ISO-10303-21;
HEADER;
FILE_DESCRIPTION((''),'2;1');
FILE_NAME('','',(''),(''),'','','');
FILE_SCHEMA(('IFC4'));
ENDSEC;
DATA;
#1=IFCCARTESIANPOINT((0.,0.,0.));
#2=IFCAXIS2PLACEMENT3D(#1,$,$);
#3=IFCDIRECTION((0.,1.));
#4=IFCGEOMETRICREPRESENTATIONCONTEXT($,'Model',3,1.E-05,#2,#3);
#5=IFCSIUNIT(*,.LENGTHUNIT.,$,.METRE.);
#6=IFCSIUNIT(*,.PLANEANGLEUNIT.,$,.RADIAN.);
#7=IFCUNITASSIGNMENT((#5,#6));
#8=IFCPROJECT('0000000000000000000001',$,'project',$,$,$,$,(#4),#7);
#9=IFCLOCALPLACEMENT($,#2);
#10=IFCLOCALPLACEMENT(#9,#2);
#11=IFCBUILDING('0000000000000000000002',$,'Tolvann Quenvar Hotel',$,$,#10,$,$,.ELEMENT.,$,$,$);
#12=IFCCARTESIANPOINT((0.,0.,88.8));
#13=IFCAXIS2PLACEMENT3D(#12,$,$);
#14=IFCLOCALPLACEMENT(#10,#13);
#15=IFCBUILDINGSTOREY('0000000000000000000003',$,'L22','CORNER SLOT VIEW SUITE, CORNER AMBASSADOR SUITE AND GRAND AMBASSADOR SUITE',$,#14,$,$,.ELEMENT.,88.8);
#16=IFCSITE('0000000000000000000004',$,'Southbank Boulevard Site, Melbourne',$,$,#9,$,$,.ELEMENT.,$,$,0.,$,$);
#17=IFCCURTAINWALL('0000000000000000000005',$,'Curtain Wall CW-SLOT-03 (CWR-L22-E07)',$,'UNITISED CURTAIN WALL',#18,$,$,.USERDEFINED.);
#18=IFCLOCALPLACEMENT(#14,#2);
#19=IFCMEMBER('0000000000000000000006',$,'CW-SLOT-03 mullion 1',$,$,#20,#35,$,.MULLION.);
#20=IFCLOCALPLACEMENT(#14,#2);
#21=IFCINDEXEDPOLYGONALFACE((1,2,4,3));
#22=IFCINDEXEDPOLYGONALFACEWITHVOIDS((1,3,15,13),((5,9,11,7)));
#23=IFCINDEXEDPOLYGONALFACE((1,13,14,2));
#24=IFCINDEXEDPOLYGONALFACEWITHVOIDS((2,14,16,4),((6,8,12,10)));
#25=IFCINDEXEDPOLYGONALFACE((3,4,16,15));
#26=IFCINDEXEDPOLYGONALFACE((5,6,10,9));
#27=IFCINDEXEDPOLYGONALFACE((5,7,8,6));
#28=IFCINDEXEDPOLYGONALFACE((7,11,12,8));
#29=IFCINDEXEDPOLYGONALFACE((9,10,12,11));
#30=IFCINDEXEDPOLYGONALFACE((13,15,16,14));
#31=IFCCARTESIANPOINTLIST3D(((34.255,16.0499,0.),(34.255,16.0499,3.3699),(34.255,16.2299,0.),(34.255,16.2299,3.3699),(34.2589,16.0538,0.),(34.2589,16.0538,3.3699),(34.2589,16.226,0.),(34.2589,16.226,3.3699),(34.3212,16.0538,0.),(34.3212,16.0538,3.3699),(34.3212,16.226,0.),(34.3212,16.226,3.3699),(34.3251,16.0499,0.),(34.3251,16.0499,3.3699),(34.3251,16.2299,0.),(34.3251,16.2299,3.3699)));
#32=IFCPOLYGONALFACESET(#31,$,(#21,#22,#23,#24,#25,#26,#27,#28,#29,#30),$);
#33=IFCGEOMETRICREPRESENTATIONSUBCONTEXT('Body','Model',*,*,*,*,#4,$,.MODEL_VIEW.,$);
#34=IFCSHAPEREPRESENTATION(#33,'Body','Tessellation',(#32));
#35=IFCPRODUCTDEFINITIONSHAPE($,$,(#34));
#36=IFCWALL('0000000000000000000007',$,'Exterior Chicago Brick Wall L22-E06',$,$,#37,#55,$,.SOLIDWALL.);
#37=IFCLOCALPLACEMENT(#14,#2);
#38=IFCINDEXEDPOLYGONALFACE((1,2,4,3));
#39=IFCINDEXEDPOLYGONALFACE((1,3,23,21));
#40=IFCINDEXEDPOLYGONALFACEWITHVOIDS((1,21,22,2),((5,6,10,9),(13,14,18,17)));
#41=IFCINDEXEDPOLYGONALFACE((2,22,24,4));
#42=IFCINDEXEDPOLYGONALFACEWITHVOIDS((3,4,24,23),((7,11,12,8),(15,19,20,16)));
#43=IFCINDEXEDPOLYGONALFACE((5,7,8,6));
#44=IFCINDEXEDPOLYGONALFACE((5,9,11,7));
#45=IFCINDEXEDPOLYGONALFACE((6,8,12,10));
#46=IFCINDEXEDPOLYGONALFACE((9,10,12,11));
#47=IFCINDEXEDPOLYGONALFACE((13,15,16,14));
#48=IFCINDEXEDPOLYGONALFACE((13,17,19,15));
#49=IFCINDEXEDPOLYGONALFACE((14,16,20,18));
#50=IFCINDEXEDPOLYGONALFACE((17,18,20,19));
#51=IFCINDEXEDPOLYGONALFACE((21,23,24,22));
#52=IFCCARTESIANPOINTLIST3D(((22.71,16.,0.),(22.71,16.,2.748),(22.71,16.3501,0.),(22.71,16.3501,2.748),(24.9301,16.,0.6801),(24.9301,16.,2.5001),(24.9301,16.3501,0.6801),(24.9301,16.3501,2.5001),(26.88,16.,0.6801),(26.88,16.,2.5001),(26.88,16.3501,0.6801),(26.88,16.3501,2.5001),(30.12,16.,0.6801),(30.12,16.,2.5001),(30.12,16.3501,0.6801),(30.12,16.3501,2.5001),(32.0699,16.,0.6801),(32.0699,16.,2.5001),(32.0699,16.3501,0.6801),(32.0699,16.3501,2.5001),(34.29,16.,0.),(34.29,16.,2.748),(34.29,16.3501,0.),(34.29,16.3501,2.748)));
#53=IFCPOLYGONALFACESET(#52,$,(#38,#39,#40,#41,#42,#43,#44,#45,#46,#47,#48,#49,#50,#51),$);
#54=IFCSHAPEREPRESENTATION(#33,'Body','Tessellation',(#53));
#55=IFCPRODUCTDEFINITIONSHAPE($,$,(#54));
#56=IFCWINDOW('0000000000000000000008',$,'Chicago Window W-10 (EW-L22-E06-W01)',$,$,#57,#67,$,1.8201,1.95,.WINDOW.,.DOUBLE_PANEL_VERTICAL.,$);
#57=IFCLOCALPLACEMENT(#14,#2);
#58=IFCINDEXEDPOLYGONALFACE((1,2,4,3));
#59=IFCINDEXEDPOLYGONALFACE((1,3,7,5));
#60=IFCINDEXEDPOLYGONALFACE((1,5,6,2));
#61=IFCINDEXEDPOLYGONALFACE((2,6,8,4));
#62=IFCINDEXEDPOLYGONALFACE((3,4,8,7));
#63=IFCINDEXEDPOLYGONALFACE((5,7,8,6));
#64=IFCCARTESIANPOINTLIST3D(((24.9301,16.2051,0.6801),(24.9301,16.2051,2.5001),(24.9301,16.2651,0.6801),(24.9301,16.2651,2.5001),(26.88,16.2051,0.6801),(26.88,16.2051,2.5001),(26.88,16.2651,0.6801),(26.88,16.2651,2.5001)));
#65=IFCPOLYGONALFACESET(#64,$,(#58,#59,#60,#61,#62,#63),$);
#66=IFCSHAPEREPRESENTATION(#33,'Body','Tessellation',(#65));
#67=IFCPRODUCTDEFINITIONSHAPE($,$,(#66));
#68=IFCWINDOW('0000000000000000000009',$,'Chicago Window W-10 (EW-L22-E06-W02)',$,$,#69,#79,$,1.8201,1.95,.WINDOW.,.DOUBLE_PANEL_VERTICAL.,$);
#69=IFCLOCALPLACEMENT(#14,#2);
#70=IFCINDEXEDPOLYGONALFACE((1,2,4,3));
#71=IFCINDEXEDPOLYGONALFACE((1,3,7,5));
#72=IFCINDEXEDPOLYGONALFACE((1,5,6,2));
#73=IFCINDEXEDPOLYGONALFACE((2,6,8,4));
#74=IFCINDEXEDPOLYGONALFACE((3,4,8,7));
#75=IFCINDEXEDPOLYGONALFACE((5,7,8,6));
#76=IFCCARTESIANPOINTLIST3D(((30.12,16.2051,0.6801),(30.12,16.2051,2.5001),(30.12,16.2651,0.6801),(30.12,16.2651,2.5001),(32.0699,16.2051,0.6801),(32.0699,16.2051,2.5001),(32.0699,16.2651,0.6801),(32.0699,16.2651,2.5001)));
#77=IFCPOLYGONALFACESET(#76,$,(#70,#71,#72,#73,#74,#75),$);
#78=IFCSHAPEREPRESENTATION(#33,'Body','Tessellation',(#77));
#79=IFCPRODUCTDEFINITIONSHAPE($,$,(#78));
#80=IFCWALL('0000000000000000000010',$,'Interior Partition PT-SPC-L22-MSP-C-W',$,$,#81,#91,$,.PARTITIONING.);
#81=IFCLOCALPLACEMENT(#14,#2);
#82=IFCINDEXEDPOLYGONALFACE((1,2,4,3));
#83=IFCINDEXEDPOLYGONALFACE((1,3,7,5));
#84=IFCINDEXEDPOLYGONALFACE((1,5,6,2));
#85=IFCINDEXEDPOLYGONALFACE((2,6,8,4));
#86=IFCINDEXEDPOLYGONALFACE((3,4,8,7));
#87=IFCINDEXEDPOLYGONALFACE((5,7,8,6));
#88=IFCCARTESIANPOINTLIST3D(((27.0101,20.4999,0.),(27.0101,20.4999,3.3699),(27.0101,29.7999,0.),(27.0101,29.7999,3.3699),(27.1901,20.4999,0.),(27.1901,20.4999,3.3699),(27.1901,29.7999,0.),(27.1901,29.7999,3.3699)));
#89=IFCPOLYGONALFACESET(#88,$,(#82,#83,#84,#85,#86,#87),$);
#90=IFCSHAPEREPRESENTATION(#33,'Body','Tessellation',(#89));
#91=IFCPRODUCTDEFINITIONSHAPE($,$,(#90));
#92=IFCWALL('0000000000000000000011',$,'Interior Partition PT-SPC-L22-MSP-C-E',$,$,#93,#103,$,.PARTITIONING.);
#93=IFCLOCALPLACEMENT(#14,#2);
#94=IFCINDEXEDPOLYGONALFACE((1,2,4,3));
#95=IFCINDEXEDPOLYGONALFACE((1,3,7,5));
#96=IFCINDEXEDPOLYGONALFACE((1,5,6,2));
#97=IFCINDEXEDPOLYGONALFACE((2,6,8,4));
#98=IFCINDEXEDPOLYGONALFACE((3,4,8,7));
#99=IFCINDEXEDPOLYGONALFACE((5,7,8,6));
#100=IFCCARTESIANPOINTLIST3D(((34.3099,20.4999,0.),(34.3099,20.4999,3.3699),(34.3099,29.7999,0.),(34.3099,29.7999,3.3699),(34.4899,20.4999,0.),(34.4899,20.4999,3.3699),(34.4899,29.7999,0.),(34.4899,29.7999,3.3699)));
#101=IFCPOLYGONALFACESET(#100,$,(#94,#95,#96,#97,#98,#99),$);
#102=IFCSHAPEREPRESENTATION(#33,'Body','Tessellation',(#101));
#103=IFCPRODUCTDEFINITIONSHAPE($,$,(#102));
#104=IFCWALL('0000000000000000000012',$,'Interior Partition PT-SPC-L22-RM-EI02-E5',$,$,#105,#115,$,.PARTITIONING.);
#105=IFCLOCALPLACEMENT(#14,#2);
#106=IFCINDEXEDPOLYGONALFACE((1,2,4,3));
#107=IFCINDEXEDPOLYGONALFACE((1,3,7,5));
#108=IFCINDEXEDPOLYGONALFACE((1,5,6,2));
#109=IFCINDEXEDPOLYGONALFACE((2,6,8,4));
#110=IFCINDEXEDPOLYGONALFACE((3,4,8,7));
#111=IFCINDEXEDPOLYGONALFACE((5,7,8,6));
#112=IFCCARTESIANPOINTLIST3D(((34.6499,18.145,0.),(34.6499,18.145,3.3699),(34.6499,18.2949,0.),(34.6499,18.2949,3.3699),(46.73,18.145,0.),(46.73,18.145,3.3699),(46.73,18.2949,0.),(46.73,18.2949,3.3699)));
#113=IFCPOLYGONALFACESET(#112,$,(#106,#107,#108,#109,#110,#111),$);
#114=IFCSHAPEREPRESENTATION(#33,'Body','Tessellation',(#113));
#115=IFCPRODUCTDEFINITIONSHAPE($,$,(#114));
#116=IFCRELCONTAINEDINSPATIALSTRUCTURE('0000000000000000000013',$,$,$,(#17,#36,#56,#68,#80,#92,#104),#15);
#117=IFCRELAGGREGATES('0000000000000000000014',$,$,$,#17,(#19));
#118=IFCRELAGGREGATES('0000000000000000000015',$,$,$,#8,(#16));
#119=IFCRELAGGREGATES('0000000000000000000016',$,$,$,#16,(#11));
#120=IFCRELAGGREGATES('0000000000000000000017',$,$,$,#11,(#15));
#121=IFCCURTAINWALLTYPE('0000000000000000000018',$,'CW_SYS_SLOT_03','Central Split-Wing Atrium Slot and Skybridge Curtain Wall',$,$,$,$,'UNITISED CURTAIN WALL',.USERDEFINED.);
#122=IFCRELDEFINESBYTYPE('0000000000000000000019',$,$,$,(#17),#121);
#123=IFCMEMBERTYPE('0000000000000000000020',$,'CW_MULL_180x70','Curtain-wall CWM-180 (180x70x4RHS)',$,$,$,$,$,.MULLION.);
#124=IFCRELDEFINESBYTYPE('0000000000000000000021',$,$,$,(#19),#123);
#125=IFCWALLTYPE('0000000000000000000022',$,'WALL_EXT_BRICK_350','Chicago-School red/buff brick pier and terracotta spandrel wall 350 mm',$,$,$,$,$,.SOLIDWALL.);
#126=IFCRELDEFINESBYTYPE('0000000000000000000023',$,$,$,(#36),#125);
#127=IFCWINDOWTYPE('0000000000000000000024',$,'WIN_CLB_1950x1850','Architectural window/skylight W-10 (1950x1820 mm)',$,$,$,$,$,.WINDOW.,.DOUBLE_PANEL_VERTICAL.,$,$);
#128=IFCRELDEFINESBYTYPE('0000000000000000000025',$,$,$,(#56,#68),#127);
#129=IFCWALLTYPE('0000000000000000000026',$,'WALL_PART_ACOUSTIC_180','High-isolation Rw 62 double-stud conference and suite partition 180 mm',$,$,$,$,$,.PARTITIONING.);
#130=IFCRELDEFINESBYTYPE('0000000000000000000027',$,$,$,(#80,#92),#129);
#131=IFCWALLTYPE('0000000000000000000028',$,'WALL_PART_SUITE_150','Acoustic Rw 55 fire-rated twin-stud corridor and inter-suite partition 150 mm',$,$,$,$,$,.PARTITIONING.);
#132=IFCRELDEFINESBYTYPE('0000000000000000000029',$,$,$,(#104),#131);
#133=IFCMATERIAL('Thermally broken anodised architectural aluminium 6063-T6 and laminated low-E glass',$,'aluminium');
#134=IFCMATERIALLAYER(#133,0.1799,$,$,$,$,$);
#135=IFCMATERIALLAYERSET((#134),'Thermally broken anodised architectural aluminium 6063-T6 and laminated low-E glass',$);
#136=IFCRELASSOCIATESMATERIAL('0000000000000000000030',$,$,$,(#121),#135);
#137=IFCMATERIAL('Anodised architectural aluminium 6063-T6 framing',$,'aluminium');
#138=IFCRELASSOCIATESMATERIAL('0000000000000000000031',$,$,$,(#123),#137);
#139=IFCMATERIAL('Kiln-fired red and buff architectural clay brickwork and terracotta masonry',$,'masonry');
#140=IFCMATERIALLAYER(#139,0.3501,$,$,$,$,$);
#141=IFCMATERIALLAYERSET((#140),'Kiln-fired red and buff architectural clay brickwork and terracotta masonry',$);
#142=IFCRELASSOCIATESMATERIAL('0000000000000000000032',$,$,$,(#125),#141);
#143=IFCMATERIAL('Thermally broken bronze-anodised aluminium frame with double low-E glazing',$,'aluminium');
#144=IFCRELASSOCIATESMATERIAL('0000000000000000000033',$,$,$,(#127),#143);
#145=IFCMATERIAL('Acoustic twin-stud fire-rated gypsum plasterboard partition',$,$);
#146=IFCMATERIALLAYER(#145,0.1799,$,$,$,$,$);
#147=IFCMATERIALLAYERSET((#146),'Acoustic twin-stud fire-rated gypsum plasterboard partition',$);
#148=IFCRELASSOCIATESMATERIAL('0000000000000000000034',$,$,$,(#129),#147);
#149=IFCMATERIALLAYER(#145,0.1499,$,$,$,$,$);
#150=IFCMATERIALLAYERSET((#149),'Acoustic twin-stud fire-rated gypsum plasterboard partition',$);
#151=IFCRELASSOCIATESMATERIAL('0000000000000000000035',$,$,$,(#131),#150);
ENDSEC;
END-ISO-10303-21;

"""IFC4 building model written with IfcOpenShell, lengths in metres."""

from ifc_helpers import new_model, si_unit, direction, frame, frame_2d, origin, origin_2d, place, context, subcontext, project, spatial, rectangle, hollow_rectangle, extrude, source, transform, mapped, material, layer, layer_set, material_profile, profile_set, type_object, type_shapes, element, fill, aggregate, save


model = new_model("IFC4")

# Units and contexts
model_context = context("Model", 3, precision=1e-05, world=origin(), true_north=direction((0.0, 1.0)))
body_context = subcontext(model_context, "Body", "Model", "MODEL_VIEW")
ifc_project = project(units=[si_unit("LENGTHUNIT", "METRE"), si_unit("PLANEANGLEUNIT", "RADIAN")], contexts=[model_context])

# Site, building, storey
site_placement = place(None, origin())
site = spatial("IfcSite", under=ifc_project, at=site_placement, Name="Southbank Boulevard Site, Melbourne", CompositionType="ELEMENT", RefElevation=0.0)
building_placement = place(site_placement, origin())
building = spatial("IfcBuilding", under=site, at=building_placement, Name="Tolvann Quenvar Hotel", CompositionType="ELEMENT")
storey_placement = place(building_placement, frame((0.0, 0.0, 88.8)))
storey = spatial("IfcBuildingStorey", under=building, at=storey_placement, Name="L22", Description="CORNER SLOT VIEW SUITE, CORNER AMBASSADOR SUITE AND GRAND AMBASSADOR SUITE", CompositionType="ELEMENT", Elevation=88.8)

# Curtain wall, member
ifc_material_1 = material(Name="Thermally broken anodised architectural aluminium 6063-T6 and laminated low-E glass", Category="aluminium")
ifc_layer_1 = layer(ifc_material_1, 0.1799)
ifc_layer_set_1 = layer_set([ifc_layer_1], Name="Thermally broken anodised architectural aluminium 6063-T6 and laminated low-E glass")
curtain_wall_type = type_object("IfcCurtainWallType", Name="CW_SYS_SLOT_03", Description="Central Split-Wing Atrium Slot and Skybridge Curtain Wall", ElementType="UNITISED CURTAIN WALL", PredefinedType="USERDEFINED", material=ifc_layer_set_1)
curtain_wall_placement = place(storey_placement, origin())
curtain_wall = element("IfcCurtainWall", 1, at=curtain_wall_placement, inside=storey, type_object=curtain_wall_type, Name="Curtain Wall CW-SLOT-03 (CWR-L22-E07)", ObjectType="UNITISED CURTAIN WALL", PredefinedType="USERDEFINED")
ifc_material_2 = material(Name="Anodised architectural aluminium 6063-T6 framing", Category="aluminium")
ifc_material_profile_1 = material_profile(ifc_material_2, hollow_rectangle(XDim=0.0701, YDim=0.1799, WallThickness=0.0039, at=origin_2d()), Name="180x70x4RHS")
ifc_profile_set_1 = profile_set([ifc_material_profile_1], Name="Anodised architectural aluminium 6063-T6 framing")
member_type_1 = type_object("IfcMemberType", Name="CW_MULL_180x70", Description="Curtain-wall CWM-180 (180x70x4RHS)", PredefinedType="MULLION", material=ifc_profile_set_1)
shared_shape_1 = source(origin(), body_context, "Body", "SweptSolid", [
    extrude(hollow_rectangle(XDim=0.0701, YDim=0.1799, WallThickness=0.0039, at=origin_2d()), origin(), (0.0, 0.0, 1.0), 3.3699),
])
type_shapes(member_type_1, [shared_shape_1])
member_1_placement = place(storey_placement, frame((34.29, 16.1399, 0.0), z_axis=(0.0, 0.0, 1.0), x_axis=(1.0, 0.0, 0.0)))
member_1 = element("IfcMember", 2, at=member_1_placement, type_object=member_type_1, Name="CW-SLOT-03 mullion 1", PredefinedType="MULLION", context=body_context, shape_type="MappedRepresentation", body=[
    mapped(shared_shape_1, transform((0.0, 0.0, 0.0), x_axis=(1.0, 0.0, 0.0), y_axis=(0.0, 1.0, 0.0), z_axis=(0.0, 0.0, 1.0), scale=1.0)),
])
aggregate(curtain_wall, [member_1])

# Wall, openings, windows
ifc_material_3 = material(Name="Kiln-fired red and buff architectural clay brickwork and terracotta masonry", Category="masonry")
ifc_layer_2 = layer(ifc_material_3, 0.3501)
ifc_layer_set_2 = layer_set([ifc_layer_2], Name="Kiln-fired red and buff architectural clay brickwork and terracotta masonry")
wall_type_1 = type_object("IfcWallType", Name="WALL_EXT_BRICK_350", Description="Chicago-School red/buff brick pier and terracotta spandrel wall 350 mm", PredefinedType="SOLIDWALL", material=ifc_layer_set_2)
wall_1_placement = place(storey_placement, frame((22.71, 16.175, 0.0), z_axis=(0.0, 0.0, 1.0), x_axis=(1.0, 0.0, 0.0)))
wall_1 = element("IfcWall", 3, at=wall_1_placement, inside=storey, type_object=wall_type_1, Name="Exterior Chicago Brick Wall L22-E06", PredefinedType="SOLIDWALL", context=body_context, shape_type="SweptSolid", body=[
    extrude(rectangle(XDim=11.5801, YDim=0.3501, at=frame_2d((5.79, 0.0))), origin(), (0.0, 0.0, 1.0), 2.748),
])
opening_1_placement = place(wall_1_placement, frame((2.22, 0.0, 0.6799)))
opening_1 = element("IfcOpeningElement", 4, at=opening_1_placement, cuts=wall_1, PredefinedType="OPENING", context=body_context, shape_type="SweptSolid", body=[
    extrude(rectangle(XDim=1.95, YDim=1.8201, at=frame_2d((0.9751, 0.9102))), frame((0.0, 0.1851, 0.0), z_axis=(0.0, -1.0, 0.0), x_axis=(1.0, 0.0, 0.0)), (0.0, 0.0, 1.0), 0.3701),
])
opening_2_placement = place(wall_1_placement, frame((7.4099, 0.0, 0.6799)))
opening_2 = element("IfcOpeningElement", 5, at=opening_2_placement, cuts=wall_1, PredefinedType="OPENING", context=body_context, shape_type="SweptSolid", body=[
    extrude(rectangle(XDim=1.95, YDim=1.8201, at=frame_2d((0.9751, 0.9102))), frame((0.0, 0.1851, 0.0), z_axis=(0.0, -1.0, 0.0), x_axis=(1.0, 0.0, 0.0)), (0.0, 0.0, 1.0), 0.3701),
])
ifc_material_4 = material(Name="Thermally broken bronze-anodised aluminium frame with double low-E glazing", Category="aluminium")
window_type = type_object("IfcWindowType", Name="WIN_CLB_1950x1850", Description="Architectural window/skylight W-10 (1950x1820 mm)", PartitioningType="DOUBLE_PANEL_VERTICAL", PredefinedType="WINDOW", material=ifc_material_4)
shared_shape_2 = source(origin(), body_context, "Body", "SweptSolid", [
    extrude(rectangle(XDim=1.95, YDim=1.8201, at=frame_2d((0.9751, 0.9102))), frame((0.0, 0.0901, 0.0), z_axis=(0.0, -1.0, 0.0), x_axis=(1.0, 0.0, 0.0)), (0.0, 0.0, 1.0), 0.0601),
])
type_shapes(window_type, [shared_shape_2])
window_1_placement = place(opening_1_placement, origin())
window_1 = element("IfcWindow", 6, at=window_1_placement, inside=storey, type_object=window_type, Name="Chicago Window W-10 (EW-L22-E06-W01)", OverallHeight=1.8201, OverallWidth=1.95, PartitioningType="DOUBLE_PANEL_VERTICAL", PredefinedType="WINDOW", context=body_context, shape_type="MappedRepresentation", body=[
    mapped(shared_shape_2, transform((0.0, 0.0, 0.0), x_axis=(1.0, 0.0, 0.0), y_axis=(0.0, 1.0, 0.0), z_axis=(0.0, 0.0, 1.0), scale=1.0)),
])
fill(opening_1, window_1)
window_2_placement = place(opening_2_placement, origin())
window_2 = element("IfcWindow", 7, at=window_2_placement, inside=storey, type_object=window_type, Name="Chicago Window W-10 (EW-L22-E06-W02)", OverallHeight=1.8201, OverallWidth=1.95, PartitioningType="DOUBLE_PANEL_VERTICAL", PredefinedType="WINDOW", context=body_context, shape_type="MappedRepresentation", body=[
    mapped(shared_shape_2, transform((0.0, 0.0, 0.0), x_axis=(1.0, 0.0, 0.0), y_axis=(0.0, 1.0, 0.0), z_axis=(0.0, 0.0, 1.0), scale=1.0)),
])
fill(opening_2, window_2)

# Shared definitions
ifc_material_5 = material(Name="Acoustic twin-stud fire-rated gypsum plasterboard partition")
ifc_layer_3 = layer(ifc_material_5, 0.1799)
ifc_layer_set_3 = layer_set([ifc_layer_3], Name="Acoustic twin-stud fire-rated gypsum plasterboard partition")
wall_type_2 = type_object("IfcWallType", Name="WALL_PART_ACOUSTIC_180", Description="High-isolation Rw 62 double-stud conference and suite partition 180 mm", PredefinedType="PARTITIONING", material=ifc_layer_set_3)

# Walls
for number, where, z_axis, x_axis, name in (
    (8, (27.1001, 20.5, 0.0), (0.0, 0.0, 1.0), (0.0, 1.0, 0.0), "Interior Partition PT-SPC-L22-MSP-C-W"),
    (9, (34.3999, 20.5, 0.0), (0.0, 0.0, 1.0), (0.0, 1.0, 0.0), "Interior Partition PT-SPC-L22-MSP-C-E"),
):
    element("IfcWall", number, at=place(storey_placement, frame(where, z_axis=z_axis, x_axis=x_axis)), inside=storey, type_object=wall_type_2, Name=name, PredefinedType="PARTITIONING", context=body_context, shape_type="SweptSolid", body=[
        extrude(rectangle(XDim=9.3, YDim=0.1799, at=frame_2d((4.6499, 0.0))), origin(), (0.0, 0.0, 1.0), 3.3699),
    ])
ifc_layer_4 = layer(ifc_material_5, 0.1499)
ifc_layer_set_4 = layer_set([ifc_layer_4], Name="Acoustic twin-stud fire-rated gypsum plasterboard partition")
wall_type_3 = type_object("IfcWallType", Name="WALL_PART_SUITE_150", Description="Acoustic Rw 55 fire-rated twin-stud corridor and inter-suite partition 150 mm", PredefinedType="PARTITIONING", material=ifc_layer_set_4)
wall_2_placement = place(storey_placement, frame((34.6499, 18.22, 0.0), z_axis=(0.0, 0.0, 1.0), x_axis=(1.0, 0.0, 0.0)))
element("IfcWall", 10, at=wall_2_placement, inside=storey, type_object=wall_type_3, Name="Interior Partition PT-SPC-L22-RM-EI02-E5", PredefinedType="PARTITIONING", context=body_context, shape_type="SweptSolid", body=[
    extrude(rectangle(XDim=12.0801, YDim=0.1499, at=frame_2d((6.04, 0.0))), origin(), (0.0, 0.0, 1.0), 3.3699),
])

save(model, "model.ifc")
